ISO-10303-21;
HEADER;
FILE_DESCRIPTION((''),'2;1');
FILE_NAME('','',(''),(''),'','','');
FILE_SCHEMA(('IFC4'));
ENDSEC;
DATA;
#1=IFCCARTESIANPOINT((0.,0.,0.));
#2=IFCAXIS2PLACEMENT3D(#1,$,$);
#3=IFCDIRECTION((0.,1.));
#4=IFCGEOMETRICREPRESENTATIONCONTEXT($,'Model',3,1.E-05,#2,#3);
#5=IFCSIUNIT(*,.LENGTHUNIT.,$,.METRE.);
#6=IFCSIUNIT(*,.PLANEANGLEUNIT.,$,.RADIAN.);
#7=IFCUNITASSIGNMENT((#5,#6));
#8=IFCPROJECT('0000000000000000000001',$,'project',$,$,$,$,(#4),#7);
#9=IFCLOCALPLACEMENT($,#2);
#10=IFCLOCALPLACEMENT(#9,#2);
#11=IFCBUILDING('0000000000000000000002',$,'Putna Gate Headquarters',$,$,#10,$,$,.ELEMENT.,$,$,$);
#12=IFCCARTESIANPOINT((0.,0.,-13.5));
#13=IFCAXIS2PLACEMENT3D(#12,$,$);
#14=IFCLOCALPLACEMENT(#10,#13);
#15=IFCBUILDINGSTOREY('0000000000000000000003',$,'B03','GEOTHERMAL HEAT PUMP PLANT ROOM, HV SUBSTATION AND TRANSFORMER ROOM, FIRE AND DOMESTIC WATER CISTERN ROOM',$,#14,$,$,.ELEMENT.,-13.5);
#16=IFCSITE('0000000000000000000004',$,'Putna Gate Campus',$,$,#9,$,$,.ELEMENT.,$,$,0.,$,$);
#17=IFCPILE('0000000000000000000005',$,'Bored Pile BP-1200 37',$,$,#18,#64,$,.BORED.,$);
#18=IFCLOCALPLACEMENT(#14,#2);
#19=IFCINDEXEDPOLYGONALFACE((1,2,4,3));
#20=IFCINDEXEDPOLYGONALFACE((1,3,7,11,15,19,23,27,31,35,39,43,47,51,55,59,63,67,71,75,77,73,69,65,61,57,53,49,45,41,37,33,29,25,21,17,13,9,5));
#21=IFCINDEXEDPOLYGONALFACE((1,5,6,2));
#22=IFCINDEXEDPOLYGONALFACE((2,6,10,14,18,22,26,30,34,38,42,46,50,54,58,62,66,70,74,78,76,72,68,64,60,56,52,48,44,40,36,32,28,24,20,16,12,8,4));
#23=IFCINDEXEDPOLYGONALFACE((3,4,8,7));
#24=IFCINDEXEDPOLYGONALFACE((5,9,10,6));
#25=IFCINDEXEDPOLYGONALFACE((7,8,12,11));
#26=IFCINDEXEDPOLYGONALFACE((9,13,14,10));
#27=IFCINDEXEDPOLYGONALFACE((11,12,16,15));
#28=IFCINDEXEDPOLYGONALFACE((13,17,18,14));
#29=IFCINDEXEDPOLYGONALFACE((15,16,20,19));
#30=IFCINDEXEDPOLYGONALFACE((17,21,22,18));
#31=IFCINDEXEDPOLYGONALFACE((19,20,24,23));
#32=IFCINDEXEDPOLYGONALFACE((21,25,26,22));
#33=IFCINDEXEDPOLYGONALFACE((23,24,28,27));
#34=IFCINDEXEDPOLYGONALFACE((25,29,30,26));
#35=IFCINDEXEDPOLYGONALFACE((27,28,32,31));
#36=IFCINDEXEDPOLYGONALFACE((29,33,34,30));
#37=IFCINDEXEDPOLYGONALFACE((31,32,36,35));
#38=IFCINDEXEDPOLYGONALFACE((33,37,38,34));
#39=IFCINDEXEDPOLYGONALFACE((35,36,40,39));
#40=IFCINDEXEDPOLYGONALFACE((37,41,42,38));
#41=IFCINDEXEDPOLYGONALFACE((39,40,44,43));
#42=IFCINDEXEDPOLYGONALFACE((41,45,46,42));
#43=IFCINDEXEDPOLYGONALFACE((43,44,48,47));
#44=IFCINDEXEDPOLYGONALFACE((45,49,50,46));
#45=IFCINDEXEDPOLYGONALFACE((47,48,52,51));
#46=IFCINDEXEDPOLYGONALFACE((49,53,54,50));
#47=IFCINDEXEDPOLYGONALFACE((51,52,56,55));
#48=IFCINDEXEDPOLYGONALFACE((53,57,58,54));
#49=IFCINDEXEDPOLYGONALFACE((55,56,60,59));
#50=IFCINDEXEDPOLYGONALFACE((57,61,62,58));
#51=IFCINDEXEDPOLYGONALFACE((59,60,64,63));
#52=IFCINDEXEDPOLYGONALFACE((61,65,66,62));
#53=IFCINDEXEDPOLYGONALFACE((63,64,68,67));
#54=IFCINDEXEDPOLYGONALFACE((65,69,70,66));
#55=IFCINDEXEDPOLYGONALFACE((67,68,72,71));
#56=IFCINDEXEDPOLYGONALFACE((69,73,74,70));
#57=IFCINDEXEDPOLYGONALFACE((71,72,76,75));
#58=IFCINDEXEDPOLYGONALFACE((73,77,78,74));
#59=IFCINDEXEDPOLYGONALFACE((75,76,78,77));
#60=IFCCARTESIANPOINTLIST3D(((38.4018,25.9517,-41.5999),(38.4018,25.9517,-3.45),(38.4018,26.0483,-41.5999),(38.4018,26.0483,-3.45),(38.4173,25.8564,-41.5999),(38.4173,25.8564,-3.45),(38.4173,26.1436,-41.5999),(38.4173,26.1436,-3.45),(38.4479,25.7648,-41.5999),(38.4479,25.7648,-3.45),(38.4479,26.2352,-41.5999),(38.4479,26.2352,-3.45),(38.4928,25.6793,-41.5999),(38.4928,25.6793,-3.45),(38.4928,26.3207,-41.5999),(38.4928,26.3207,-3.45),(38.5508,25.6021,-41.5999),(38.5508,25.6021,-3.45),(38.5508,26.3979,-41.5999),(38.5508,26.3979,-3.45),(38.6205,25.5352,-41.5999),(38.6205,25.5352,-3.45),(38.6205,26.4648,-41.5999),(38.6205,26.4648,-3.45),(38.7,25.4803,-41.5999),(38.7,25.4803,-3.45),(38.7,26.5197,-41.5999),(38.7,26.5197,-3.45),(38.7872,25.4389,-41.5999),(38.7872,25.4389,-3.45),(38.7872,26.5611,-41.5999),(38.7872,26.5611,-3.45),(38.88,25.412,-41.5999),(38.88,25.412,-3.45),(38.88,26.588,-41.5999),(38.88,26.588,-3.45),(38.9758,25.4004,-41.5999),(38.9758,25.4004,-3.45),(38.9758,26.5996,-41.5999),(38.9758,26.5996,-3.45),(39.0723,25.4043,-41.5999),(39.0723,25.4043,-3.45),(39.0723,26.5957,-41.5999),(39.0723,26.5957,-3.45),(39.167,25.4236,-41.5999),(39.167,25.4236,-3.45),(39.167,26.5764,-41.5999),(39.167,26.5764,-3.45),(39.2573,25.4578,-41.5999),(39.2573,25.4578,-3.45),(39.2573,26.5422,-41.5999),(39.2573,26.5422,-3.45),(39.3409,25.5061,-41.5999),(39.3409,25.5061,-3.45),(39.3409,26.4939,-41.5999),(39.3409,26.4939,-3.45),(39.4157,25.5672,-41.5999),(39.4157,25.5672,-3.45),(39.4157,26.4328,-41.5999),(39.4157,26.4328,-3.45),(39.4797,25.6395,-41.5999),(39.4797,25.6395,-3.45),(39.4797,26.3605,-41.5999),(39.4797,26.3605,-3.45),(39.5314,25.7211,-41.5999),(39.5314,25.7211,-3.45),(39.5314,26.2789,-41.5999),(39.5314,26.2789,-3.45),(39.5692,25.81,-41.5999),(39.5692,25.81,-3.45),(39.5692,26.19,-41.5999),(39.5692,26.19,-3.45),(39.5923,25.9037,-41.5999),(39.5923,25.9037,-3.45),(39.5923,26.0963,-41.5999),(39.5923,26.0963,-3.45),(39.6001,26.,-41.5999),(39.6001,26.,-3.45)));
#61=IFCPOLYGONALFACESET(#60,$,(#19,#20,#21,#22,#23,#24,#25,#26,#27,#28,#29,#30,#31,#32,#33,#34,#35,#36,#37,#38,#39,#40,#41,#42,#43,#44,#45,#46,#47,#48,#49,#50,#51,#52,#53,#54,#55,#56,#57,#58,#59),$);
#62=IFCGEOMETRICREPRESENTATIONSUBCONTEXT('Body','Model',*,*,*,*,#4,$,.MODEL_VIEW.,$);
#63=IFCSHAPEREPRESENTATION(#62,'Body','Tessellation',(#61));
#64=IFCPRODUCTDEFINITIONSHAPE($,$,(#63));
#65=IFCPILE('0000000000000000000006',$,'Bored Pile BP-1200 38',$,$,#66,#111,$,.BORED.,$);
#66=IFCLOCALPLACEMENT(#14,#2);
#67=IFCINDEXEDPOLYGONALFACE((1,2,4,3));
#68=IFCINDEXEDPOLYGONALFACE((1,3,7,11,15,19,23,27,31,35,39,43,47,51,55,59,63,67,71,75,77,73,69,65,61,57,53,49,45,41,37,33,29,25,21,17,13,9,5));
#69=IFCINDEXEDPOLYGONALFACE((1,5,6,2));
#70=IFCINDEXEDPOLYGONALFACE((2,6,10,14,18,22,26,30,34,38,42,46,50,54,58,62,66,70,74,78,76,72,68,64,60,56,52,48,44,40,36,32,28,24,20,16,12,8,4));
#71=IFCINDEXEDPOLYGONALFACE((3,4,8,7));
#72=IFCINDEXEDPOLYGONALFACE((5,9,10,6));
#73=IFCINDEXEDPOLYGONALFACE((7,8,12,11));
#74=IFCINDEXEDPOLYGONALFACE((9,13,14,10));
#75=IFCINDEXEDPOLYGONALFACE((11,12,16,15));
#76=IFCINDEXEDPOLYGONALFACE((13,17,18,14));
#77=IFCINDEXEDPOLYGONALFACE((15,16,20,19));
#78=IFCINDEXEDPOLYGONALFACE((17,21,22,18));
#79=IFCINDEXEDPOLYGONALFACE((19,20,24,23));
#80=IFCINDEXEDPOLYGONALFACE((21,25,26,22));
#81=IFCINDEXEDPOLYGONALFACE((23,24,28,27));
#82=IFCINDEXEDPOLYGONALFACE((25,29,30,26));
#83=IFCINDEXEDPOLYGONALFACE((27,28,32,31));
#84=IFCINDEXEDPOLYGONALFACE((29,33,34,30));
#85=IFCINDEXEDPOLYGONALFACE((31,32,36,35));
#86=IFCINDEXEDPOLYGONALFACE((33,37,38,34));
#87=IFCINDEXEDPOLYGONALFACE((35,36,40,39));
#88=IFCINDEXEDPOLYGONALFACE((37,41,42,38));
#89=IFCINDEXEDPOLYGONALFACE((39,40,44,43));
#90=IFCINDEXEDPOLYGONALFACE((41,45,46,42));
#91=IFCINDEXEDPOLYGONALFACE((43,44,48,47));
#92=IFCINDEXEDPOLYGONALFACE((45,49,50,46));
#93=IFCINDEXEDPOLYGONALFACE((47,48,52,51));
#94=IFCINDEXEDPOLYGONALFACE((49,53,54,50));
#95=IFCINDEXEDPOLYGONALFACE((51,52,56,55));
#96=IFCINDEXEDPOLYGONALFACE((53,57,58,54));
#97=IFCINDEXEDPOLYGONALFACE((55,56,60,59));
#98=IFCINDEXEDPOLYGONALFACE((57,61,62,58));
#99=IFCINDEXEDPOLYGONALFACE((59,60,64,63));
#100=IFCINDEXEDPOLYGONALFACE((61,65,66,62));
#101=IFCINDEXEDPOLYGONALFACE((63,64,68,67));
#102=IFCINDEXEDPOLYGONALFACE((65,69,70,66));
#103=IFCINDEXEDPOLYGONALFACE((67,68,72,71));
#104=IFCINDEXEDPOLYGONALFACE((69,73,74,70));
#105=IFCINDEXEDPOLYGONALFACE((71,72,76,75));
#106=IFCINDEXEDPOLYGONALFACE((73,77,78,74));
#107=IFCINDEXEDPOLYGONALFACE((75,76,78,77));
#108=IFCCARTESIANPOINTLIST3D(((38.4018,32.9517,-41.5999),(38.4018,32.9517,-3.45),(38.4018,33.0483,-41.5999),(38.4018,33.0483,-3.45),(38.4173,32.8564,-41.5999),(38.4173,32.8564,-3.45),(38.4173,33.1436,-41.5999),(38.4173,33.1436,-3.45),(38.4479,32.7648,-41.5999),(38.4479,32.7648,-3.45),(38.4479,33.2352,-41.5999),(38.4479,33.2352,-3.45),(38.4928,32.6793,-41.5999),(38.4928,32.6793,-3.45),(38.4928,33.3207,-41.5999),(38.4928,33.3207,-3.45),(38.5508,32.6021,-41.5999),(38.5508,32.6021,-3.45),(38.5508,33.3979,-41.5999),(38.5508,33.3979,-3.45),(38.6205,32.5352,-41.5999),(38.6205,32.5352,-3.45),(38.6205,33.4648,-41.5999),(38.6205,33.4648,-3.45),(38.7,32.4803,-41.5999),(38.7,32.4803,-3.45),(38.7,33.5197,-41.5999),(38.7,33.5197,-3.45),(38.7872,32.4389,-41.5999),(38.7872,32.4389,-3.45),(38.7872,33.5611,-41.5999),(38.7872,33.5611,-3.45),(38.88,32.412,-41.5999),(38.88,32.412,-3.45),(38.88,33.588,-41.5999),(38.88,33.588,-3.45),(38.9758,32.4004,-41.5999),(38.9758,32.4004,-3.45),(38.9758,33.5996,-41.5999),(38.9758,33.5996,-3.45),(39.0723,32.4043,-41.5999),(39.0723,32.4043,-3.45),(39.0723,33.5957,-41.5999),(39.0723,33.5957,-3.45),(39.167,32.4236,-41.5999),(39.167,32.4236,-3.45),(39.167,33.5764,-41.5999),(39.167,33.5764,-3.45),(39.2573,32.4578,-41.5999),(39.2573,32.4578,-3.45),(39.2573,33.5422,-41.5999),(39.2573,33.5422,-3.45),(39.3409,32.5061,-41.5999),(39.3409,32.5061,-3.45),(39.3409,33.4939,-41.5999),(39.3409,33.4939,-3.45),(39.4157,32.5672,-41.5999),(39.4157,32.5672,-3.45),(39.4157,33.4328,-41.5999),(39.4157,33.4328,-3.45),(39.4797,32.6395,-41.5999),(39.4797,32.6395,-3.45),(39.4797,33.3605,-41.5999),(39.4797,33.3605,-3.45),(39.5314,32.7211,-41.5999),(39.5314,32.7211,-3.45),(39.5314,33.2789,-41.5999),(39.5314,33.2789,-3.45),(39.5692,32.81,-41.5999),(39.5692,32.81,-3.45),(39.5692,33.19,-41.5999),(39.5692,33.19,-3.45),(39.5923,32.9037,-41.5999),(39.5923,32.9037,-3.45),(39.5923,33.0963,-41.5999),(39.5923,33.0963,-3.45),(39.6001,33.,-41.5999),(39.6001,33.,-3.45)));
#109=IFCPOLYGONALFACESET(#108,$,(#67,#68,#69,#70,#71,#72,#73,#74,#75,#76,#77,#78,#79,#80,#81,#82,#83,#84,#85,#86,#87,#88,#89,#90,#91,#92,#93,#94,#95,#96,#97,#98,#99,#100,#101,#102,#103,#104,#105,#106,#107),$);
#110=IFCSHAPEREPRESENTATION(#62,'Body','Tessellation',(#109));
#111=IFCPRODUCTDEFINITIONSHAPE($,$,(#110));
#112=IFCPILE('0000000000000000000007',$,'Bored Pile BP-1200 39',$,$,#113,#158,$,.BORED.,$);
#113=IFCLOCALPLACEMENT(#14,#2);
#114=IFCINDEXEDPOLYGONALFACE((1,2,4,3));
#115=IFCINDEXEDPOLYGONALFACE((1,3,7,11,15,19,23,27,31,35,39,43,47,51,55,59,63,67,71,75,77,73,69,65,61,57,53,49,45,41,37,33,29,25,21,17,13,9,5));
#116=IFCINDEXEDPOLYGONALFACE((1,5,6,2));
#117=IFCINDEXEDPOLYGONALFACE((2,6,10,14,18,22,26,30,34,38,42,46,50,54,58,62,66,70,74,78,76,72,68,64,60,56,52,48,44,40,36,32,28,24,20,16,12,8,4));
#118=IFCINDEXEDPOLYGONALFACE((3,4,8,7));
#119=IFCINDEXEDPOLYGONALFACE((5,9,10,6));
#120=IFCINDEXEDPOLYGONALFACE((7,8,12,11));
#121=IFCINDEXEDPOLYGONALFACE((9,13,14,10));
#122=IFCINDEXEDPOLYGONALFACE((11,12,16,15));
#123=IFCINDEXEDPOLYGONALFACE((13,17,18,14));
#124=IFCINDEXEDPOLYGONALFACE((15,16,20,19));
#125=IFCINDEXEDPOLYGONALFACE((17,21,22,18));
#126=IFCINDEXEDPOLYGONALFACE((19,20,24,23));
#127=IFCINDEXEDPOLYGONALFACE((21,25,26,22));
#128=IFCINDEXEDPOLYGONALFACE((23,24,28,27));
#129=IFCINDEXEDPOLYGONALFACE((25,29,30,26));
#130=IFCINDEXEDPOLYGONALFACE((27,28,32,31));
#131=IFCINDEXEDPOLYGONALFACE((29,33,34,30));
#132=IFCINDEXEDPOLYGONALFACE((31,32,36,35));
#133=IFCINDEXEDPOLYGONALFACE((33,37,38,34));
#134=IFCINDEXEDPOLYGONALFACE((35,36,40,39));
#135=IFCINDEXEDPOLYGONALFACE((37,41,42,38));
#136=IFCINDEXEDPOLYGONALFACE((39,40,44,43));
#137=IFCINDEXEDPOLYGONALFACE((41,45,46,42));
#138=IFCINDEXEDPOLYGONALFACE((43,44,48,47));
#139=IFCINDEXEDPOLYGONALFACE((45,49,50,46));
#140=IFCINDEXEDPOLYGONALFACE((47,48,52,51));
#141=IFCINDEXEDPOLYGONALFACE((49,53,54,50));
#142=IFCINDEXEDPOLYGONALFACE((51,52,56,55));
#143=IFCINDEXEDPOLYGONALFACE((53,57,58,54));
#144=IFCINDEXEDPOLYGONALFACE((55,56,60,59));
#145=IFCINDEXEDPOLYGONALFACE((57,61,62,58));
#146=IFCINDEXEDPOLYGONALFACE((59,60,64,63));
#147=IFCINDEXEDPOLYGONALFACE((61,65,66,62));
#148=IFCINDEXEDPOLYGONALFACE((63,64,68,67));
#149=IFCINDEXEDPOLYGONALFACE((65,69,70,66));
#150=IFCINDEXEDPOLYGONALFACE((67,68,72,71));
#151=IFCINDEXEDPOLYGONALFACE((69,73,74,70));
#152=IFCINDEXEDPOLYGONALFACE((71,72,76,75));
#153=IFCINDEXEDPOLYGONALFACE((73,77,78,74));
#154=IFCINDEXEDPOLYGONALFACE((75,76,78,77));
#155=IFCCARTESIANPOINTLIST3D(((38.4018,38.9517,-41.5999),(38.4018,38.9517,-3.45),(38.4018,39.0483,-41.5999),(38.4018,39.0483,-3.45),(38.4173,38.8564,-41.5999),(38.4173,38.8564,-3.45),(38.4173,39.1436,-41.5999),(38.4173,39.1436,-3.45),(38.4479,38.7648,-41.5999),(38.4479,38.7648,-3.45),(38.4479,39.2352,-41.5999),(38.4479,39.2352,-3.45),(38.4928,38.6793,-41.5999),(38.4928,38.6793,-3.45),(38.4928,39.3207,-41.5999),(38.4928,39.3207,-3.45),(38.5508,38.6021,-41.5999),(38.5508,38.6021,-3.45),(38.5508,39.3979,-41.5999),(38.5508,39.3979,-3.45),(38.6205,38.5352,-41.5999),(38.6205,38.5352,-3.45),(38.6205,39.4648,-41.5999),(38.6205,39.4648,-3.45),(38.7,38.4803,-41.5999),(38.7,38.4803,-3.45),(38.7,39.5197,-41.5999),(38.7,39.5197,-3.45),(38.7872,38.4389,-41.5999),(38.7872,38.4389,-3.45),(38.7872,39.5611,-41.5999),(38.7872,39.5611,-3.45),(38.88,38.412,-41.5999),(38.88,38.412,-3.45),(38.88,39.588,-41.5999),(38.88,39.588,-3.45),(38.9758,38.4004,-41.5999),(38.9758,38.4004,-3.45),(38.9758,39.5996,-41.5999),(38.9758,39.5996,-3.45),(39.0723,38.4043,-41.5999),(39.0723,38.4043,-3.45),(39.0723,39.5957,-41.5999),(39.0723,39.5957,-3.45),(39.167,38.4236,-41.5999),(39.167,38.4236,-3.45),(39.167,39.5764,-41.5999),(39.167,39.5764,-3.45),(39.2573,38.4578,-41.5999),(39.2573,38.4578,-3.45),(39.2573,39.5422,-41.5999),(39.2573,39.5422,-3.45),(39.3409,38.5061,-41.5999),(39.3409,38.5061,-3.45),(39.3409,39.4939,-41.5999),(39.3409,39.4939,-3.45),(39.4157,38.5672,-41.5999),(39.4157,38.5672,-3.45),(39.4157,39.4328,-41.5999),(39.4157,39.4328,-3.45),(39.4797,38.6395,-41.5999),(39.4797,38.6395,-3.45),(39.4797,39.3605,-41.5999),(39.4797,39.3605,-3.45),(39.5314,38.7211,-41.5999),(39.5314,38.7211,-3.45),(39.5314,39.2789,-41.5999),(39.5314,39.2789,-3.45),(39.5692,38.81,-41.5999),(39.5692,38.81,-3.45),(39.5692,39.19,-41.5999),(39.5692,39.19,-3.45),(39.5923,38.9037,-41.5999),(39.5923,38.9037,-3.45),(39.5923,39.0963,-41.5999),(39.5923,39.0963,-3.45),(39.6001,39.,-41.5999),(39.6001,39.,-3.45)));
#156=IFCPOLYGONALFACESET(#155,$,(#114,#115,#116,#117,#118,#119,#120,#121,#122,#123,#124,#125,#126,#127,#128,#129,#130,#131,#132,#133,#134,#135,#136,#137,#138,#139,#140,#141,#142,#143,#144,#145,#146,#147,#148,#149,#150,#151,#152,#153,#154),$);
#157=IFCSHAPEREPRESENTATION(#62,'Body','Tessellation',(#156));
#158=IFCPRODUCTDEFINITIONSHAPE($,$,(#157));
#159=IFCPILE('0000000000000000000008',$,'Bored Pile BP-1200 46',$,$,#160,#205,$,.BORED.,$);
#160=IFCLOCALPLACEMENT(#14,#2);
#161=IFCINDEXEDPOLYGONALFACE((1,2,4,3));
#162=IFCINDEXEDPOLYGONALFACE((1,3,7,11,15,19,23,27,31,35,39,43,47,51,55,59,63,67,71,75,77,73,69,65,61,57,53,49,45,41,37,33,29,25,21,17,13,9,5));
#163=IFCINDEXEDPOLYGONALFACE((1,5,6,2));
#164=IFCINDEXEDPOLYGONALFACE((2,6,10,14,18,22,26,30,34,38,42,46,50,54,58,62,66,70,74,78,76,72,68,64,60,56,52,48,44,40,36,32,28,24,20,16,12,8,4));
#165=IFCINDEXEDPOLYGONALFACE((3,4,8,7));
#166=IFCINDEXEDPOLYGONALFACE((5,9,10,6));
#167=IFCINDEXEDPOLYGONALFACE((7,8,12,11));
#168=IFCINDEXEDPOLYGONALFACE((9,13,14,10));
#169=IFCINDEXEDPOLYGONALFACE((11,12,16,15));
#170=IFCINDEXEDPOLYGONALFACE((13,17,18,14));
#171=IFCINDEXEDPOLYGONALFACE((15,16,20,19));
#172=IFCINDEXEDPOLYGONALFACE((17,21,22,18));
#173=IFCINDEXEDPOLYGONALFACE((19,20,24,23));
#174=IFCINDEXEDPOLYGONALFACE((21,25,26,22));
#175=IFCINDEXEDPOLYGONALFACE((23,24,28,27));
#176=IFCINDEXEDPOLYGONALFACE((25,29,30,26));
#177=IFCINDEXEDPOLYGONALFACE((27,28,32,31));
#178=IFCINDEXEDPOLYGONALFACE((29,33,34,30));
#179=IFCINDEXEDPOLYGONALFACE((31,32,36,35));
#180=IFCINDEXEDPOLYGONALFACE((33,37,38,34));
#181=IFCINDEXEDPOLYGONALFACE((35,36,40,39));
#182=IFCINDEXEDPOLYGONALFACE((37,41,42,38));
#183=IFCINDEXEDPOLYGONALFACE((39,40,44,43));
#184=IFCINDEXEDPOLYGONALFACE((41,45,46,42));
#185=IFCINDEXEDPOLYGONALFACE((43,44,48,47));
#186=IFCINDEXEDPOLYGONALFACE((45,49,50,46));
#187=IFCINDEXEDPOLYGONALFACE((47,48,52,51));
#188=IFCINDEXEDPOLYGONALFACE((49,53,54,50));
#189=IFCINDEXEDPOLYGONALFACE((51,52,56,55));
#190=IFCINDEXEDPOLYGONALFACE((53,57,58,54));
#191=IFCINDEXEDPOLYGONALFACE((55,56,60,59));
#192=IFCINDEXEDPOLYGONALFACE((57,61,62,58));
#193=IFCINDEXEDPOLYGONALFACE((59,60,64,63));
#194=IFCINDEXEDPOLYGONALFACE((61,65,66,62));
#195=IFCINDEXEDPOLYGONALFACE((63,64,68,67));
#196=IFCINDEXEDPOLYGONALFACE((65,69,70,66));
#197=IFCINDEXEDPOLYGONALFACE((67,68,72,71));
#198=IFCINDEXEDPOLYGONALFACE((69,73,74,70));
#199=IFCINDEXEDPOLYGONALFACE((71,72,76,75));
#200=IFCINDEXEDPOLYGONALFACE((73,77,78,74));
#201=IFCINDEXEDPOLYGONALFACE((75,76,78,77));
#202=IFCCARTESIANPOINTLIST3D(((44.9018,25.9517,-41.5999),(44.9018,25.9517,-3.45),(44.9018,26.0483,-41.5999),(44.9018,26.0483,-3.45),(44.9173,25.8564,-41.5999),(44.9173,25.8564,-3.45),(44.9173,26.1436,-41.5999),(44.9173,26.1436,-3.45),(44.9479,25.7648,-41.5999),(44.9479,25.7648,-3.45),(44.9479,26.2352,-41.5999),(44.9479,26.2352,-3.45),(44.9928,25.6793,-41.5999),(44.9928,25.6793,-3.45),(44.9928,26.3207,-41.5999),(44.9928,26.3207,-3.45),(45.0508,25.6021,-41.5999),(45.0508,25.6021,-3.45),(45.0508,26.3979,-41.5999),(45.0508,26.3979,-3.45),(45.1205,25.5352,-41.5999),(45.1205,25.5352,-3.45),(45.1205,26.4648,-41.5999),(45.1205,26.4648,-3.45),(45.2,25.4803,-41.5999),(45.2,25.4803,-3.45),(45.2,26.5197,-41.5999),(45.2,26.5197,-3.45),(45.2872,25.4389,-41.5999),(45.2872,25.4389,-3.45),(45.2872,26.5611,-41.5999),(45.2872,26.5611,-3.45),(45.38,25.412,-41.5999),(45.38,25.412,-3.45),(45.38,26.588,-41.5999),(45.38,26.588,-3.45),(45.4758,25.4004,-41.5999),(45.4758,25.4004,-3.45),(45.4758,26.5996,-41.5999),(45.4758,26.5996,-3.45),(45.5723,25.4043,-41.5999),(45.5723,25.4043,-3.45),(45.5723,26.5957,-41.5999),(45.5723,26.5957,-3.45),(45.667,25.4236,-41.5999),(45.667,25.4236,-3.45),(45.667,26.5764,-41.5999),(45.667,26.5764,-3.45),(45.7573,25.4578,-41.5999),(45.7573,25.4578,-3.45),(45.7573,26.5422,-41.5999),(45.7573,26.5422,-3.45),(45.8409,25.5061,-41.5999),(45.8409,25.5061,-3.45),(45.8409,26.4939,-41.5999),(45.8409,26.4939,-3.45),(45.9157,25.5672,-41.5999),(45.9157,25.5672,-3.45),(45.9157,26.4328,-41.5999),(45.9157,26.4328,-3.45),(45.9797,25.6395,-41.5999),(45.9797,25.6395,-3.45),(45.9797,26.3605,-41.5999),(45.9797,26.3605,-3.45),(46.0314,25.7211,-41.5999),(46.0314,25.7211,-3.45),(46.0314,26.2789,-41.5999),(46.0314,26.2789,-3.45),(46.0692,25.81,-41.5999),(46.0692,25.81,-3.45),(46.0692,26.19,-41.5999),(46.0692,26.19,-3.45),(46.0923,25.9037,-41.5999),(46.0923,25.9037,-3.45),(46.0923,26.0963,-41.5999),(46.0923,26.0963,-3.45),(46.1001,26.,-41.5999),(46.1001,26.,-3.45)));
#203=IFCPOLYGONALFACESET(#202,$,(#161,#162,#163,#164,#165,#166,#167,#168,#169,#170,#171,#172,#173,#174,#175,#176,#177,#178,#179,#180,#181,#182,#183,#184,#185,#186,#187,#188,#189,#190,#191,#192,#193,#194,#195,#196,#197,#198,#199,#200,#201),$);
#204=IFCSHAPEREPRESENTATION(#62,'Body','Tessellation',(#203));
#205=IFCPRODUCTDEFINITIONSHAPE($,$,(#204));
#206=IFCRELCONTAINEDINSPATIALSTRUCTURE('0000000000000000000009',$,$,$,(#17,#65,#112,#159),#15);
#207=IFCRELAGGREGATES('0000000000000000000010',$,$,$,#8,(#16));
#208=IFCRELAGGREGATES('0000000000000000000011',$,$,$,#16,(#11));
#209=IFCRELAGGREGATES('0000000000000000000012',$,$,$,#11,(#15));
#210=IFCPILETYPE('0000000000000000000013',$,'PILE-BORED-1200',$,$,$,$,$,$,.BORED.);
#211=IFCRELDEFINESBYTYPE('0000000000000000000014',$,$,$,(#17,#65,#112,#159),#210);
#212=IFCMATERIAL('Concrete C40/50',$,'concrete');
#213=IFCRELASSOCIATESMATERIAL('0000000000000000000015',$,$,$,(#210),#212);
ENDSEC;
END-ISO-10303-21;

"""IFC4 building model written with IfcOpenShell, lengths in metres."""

from ifc_helpers import new_model, si_unit, direction, frame, origin, origin_2d, place, context, subcontext, project, spatial, circle, extrude, material, material_profile, profile_set, type_object, element, save


model = new_model("IFC4")

# Units and contexts
model_context = context("Model", 3, precision=1e-05, world=origin(), true_north=direction((0.0, 1.0)))
body_context = subcontext(model_context, "Body", "Model", "MODEL_VIEW")
ifc_project = project(units=[si_unit("LENGTHUNIT", "METRE"), si_unit("PLANEANGLEUNIT", "RADIAN")], contexts=[model_context])

# Site, building, storey
site_placement = place(None, origin())
site = spatial("IfcSite", under=ifc_project, at=site_placement, Name="Putna Gate Campus", CompositionType="ELEMENT", RefElevation=0.0)
building_placement = place(site_placement, origin())
building = spatial("IfcBuilding", under=site, at=building_placement, Name="Putna Gate Headquarters", CompositionType="ELEMENT")
storey_placement = place(building_placement, frame((0.0, 0.0, -13.5)))
storey = spatial("IfcBuildingStorey", under=building, at=storey_placement, Name="B03", Description="GEOTHERMAL HEAT PUMP PLANT ROOM, HV SUBSTATION AND TRANSFORMER ROOM, FIRE AND DOMESTIC WATER CISTERN ROOM", CompositionType="ELEMENT", Elevation=-13.5)

# Piles
ifc_material_1 = material(Name="Concrete C40/50", Category="concrete")
ifc_material_profile_1 = material_profile(ifc_material_1, circle(Radius=0.6001, at=origin_2d()), Name="Concrete C40/50")
ifc_profile_set_1 = profile_set([ifc_material_profile_1], Name="Concrete C40/50")
pile_type_1 = type_object("IfcPileType", Name="PILE-BORED-1200", PredefinedType="BORED", material=ifc_profile_set_1)
for number, where, z_axis, x_axis, name in (
    (1, (39.0, 26.0, -3.45), (0.0, 0.0, -1.0), (1.0, 0.0, 0.0), "Bored Pile BP-1200 37"),
    (2, (39.0, 33.0, -3.45), (0.0, 0.0, -1.0), (1.0, 0.0, 0.0), "Bored Pile BP-1200 38"),
    (3, (39.0, 39.0, -3.45), (0.0, 0.0, -1.0), (1.0, 0.0, 0.0), "Bored Pile BP-1200 39"),
    (4, (45.5, 26.0, -3.45), (0.0, 0.0, -1.0), (1.0, 0.0, 0.0), "Bored Pile BP-1200 46"),
):
    element("IfcPile", number, at=place(storey_placement, frame(where, z_axis=z_axis, x_axis=x_axis)), inside=storey, type_object=pile_type_1, Name=name, PredefinedType="BORED", context=body_context, shape_type="SweptSolid", body=[
        extrude(circle(Radius=0.6001, at=origin_2d()), origin(), (0.0, 0.0, 1.0), 38.1499),
    ])

save(model, "model.ifc")
